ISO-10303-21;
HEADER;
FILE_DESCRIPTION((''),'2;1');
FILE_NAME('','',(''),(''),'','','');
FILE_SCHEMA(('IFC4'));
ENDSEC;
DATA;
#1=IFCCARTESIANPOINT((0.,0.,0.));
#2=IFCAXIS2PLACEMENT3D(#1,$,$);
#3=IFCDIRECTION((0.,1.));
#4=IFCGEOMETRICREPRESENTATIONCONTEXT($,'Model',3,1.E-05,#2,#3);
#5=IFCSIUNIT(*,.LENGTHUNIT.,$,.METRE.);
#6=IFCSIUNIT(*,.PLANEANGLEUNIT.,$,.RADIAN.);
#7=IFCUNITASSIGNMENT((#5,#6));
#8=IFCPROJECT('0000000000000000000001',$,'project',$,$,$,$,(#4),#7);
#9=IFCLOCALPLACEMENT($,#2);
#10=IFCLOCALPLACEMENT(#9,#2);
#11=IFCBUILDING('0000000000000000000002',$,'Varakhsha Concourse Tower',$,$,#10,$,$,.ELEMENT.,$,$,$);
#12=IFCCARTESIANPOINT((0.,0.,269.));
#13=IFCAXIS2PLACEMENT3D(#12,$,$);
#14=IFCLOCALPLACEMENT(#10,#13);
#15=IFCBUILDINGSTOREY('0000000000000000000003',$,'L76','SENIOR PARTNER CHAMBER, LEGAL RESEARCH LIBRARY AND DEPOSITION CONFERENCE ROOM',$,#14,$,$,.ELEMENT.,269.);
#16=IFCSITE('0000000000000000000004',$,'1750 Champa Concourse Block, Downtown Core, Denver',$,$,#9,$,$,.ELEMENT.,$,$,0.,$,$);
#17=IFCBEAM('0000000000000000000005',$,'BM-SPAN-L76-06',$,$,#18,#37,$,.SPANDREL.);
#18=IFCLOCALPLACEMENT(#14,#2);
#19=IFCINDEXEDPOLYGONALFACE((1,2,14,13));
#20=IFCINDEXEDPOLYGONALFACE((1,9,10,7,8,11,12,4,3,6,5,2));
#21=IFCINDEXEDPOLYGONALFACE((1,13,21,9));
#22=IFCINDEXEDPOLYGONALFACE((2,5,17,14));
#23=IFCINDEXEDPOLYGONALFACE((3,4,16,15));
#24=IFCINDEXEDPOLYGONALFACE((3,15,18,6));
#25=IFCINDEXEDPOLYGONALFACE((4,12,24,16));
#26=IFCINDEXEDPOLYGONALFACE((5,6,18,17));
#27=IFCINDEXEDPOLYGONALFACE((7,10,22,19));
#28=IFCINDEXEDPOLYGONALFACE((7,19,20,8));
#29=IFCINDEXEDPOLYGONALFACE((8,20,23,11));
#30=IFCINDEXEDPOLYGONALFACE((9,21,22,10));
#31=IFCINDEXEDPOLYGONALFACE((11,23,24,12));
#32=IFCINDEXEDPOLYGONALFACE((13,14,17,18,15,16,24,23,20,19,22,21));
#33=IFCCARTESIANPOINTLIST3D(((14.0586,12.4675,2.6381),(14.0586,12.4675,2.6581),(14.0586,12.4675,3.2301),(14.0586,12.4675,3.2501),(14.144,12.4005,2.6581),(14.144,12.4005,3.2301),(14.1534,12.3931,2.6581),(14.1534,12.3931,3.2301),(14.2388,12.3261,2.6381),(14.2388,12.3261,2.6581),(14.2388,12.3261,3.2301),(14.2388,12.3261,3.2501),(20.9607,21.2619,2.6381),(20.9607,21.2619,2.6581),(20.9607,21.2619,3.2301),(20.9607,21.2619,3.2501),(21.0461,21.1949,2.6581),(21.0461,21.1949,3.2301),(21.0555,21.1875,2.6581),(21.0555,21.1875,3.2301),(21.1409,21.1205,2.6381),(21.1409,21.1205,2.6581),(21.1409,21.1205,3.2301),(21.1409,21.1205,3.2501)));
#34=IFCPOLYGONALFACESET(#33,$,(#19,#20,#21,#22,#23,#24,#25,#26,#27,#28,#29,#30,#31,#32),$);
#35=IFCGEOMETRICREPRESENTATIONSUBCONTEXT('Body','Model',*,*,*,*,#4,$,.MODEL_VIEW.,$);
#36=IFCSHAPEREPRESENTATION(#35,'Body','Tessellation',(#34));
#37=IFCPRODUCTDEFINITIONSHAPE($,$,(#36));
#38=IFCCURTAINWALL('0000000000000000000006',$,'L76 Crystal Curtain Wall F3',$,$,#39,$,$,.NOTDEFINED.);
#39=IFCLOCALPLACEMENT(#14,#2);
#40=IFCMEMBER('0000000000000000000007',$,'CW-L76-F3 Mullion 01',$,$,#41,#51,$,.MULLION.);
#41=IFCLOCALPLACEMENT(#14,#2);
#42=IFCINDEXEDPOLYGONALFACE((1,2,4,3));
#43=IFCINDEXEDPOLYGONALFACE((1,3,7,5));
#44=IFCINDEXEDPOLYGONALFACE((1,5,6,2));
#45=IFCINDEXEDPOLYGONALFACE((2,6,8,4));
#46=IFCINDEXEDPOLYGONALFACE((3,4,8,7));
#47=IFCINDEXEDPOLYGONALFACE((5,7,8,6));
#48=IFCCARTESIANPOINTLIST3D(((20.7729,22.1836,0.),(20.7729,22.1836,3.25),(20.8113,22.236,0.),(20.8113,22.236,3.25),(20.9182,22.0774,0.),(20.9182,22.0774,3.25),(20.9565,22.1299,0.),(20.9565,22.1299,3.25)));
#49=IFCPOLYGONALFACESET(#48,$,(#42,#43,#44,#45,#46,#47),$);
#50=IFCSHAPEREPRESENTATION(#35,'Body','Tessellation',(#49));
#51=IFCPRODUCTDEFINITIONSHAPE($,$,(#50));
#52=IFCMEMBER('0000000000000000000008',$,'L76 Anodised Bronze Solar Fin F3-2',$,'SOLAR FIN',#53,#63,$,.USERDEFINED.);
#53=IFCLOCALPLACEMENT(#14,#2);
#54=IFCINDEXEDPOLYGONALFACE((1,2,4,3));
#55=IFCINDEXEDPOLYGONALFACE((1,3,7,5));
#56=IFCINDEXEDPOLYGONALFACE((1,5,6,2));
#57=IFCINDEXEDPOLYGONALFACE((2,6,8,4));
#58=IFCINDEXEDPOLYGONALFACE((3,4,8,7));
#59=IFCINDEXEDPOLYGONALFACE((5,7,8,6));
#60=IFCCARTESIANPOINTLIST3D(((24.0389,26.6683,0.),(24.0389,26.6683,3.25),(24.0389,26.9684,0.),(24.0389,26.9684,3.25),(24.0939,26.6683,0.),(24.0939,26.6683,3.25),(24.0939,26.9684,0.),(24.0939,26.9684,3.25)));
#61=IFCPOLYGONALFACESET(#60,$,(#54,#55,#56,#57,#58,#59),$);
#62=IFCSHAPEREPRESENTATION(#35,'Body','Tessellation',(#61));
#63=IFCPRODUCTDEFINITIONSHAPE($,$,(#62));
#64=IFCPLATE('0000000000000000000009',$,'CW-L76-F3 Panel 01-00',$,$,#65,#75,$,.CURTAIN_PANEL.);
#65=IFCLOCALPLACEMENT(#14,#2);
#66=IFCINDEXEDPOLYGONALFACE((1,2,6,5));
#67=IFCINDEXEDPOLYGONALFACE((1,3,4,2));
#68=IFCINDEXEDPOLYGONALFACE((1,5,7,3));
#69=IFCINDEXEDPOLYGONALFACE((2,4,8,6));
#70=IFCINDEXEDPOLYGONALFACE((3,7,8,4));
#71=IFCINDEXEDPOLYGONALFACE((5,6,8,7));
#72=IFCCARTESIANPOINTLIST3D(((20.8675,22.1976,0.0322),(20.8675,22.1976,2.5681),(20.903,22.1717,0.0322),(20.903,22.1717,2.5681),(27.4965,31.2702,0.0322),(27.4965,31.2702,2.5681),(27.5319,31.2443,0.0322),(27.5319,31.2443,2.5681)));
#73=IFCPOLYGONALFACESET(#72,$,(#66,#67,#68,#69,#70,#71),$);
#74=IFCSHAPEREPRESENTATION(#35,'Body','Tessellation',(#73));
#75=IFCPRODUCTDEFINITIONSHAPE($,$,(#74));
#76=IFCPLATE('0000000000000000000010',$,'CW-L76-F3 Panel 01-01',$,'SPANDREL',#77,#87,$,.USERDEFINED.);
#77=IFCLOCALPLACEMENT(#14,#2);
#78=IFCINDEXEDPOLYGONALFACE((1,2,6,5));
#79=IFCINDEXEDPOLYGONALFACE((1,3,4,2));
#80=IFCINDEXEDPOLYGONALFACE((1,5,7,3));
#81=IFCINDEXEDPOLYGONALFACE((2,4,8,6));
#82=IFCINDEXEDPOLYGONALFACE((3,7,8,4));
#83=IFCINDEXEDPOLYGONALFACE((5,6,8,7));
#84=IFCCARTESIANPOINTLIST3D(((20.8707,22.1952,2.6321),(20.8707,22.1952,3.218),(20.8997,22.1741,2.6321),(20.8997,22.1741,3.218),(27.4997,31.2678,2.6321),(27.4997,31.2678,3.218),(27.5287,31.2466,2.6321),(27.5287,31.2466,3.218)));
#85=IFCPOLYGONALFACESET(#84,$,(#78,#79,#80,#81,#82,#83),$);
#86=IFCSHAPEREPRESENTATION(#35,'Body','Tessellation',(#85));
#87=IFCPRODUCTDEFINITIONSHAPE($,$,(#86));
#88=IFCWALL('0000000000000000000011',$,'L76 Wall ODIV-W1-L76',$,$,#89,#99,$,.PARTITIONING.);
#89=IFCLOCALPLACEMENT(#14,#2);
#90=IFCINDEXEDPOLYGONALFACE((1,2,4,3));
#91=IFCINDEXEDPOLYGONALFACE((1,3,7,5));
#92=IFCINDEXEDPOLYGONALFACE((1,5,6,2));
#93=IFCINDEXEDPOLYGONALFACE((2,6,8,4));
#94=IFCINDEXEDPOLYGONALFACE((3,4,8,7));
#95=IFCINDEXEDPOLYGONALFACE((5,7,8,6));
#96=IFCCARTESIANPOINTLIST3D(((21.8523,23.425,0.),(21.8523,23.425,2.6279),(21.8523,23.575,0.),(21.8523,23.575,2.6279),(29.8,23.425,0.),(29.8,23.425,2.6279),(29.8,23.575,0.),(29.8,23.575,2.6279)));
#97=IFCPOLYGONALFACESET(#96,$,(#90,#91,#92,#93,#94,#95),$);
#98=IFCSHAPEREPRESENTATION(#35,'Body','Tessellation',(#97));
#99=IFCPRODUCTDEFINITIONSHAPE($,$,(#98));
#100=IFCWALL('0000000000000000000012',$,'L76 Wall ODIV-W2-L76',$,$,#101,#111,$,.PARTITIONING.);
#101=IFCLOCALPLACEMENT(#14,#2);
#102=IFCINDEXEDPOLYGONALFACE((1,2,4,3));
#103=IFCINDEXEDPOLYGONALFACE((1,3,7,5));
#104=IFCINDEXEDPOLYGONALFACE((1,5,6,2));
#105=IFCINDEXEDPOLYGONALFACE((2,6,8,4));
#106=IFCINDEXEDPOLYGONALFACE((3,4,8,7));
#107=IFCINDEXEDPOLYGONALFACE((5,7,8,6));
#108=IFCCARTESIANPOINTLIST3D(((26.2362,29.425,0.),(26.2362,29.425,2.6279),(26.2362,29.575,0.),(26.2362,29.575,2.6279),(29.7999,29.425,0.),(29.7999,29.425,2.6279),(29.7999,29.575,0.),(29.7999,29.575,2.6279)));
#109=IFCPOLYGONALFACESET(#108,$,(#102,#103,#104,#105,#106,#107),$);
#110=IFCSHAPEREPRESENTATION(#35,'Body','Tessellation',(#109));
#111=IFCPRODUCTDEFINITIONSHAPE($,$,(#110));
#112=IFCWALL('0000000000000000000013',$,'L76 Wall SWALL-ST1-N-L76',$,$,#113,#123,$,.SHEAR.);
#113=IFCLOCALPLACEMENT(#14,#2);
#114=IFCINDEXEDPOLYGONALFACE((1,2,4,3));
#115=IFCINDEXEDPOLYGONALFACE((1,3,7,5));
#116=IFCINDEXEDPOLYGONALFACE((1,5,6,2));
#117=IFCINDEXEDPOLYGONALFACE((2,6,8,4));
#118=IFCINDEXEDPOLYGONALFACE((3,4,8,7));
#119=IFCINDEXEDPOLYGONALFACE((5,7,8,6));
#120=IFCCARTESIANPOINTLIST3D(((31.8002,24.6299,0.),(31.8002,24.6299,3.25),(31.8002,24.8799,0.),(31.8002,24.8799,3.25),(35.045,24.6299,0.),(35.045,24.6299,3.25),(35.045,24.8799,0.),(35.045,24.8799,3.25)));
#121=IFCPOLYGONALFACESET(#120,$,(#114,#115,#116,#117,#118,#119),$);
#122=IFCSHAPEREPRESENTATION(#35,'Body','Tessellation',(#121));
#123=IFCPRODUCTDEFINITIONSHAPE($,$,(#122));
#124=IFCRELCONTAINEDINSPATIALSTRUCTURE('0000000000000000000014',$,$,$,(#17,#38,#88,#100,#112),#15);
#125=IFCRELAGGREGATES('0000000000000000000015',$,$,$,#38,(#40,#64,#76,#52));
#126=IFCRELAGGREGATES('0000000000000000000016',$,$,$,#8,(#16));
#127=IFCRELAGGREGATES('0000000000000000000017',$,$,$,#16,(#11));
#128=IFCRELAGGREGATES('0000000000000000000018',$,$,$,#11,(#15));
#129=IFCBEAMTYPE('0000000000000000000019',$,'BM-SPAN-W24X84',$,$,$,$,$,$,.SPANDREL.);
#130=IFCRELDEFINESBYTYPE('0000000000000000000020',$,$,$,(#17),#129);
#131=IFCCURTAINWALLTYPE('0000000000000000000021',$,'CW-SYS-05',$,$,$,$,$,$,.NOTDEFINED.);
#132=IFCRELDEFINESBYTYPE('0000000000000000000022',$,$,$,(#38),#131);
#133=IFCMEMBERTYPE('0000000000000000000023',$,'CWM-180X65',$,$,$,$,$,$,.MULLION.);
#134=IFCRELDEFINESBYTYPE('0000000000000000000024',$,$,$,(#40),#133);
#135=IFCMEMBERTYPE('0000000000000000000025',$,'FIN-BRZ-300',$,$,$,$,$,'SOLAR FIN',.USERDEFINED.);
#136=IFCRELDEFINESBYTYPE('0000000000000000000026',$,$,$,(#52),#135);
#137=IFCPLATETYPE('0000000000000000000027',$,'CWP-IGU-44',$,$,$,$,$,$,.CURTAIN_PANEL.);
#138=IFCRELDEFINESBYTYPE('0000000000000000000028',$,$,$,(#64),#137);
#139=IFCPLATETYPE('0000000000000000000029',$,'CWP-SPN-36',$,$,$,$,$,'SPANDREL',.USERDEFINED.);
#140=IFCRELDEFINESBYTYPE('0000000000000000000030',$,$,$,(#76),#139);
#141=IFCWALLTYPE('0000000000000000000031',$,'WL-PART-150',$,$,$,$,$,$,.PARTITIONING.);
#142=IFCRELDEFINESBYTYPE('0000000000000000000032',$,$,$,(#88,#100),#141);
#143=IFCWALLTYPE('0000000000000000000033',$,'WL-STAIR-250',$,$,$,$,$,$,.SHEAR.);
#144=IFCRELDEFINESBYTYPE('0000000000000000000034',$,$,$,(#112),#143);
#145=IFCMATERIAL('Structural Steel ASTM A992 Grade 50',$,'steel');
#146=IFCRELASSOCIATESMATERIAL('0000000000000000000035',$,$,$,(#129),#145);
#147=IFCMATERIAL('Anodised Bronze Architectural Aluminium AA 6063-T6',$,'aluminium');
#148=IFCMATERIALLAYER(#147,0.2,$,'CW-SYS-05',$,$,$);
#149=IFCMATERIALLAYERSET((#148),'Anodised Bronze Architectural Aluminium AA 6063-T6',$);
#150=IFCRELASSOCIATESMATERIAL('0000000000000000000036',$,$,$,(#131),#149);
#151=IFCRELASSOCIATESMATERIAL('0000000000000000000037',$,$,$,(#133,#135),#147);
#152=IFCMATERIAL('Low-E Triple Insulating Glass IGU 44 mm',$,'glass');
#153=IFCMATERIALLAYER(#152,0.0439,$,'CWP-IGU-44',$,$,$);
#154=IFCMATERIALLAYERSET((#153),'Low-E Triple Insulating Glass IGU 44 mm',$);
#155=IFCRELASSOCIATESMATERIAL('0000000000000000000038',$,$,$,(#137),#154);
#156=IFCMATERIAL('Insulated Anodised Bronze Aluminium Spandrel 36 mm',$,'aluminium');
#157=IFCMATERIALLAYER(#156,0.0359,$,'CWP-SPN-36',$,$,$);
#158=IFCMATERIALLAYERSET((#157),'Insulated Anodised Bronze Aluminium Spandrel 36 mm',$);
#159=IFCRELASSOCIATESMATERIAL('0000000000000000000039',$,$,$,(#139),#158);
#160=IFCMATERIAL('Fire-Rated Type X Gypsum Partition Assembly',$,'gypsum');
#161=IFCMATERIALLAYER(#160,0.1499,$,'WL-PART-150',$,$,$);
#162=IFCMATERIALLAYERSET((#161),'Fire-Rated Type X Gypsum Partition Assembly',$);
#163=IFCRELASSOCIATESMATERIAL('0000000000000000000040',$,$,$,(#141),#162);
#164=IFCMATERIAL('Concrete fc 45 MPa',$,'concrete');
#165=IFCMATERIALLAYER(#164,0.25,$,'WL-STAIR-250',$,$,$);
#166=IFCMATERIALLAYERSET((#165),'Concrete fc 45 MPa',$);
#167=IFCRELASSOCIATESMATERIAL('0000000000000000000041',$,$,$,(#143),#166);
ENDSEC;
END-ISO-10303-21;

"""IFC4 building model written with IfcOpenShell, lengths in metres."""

from ifc_helpers import new_model, si_unit, direction, frame, frame_2d, origin, origin_2d, place, context, subcontext, project, spatial, rectangle, i_section, extrude, source, transform, mapped, material, layer, layer_set, material_profile, profile_set, type_object, type_shapes, element, aggregate, save


model = new_model("IFC4")

# Units and contexts
model_context = context("Model", 3, precision=1e-05, world=origin(), true_north=direction((0.0, 1.0)))
body_context = subcontext(model_context, "Body", "Model", "MODEL_VIEW")
ifc_project = project(units=[si_unit("LENGTHUNIT", "METRE"), si_unit("PLANEANGLEUNIT", "RADIAN")], contexts=[model_context])

# Site, building, storey
site_placement = place(None, origin())
site = spatial("IfcSite", under=ifc_project, at=site_placement, Name="1750 Champa Concourse Block, Downtown Core, Denver", CompositionType="ELEMENT", RefElevation=0.0)
building_placement = place(site_placement, origin())
building = spatial("IfcBuilding", under=site, at=building_placement, Name="Varakhsha Concourse Tower", CompositionType="ELEMENT")
storey_placement = place(building_placement, frame((0.0, 0.0, 269.0)))
storey = spatial("IfcBuildingStorey", under=building, at=storey_placement, Name="L76", Description="SENIOR PARTNER CHAMBER, LEGAL RESEARCH LIBRARY AND DEPOSITION CONFERENCE ROOM", CompositionType="ELEMENT", Elevation=269.0)

# Shared definitions
ifc_material_1 = material(Name="Structural Steel ASTM A992 Grade 50", Category="steel")

# Beam
ifc_material_profile_1 = material_profile(ifc_material_1, i_section(OverallWidth=0.229, OverallDepth=0.6121, WebThickness=0.012, FlangeThickness=0.02, at=origin_2d()), Name="W24X84")
ifc_profile_set_1 = profile_set([ifc_material_profile_1], Name="Structural Steel ASTM A992 Grade 50")
beam_type_1 = type_object("IfcBeamType", Name="BM-SPAN-W24X84", PredefinedType="SPANDREL", material=ifc_profile_set_1)
beam_1_placement = place(storey_placement, frame((21.0508, 21.1912, 2.9441), z_axis=(-0.617389, -0.786658, 0.0), x_axis=(0.786658, -0.617389, 0.0)))
element("IfcBeam", 1, at=beam_1_placement, inside=storey, type_object=beam_type_1, Name="BM-SPAN-L76-06", PredefinedType="SPANDREL", context=body_context, shape_type="SweptSolid", body=[
    extrude(i_section(OverallWidth=0.229, OverallDepth=0.6121, WebThickness=0.012, FlangeThickness=0.02, at=origin_2d()), origin(), (0.0, 0.0, 1.0), 11.1794),
])

# Curtain wall, members, plates
ifc_material_2 = material(Name="Anodised Bronze Architectural Aluminium AA 6063-T6", Category="aluminium")
ifc_layer_1 = layer(ifc_material_2, 0.2, Name="CW-SYS-05")
ifc_layer_set_1 = layer_set([ifc_layer_1], Name="Anodised Bronze Architectural Aluminium AA 6063-T6")
curtain_wall_type = type_object("IfcCurtainWallType", Name="CW-SYS-05", PredefinedType="NOTDEFINED", material=ifc_layer_set_1)
curtain_wall_placement = place(storey_placement, origin())
curtain_wall = element("IfcCurtainWall", 2, at=curtain_wall_placement, inside=storey, type_object=curtain_wall_type, Name="L76 Crystal Curtain Wall F3", PredefinedType="NOTDEFINED")
ifc_material_profile_2 = material_profile(ifc_material_2, rectangle(XDim=0.0649, YDim=0.1799, at=origin_2d()), Name="CWM-180X65")
ifc_profile_set_2 = profile_set([ifc_material_profile_2], Name="Anodised Bronze Architectural Aluminium AA 6063-T6")
member_type_1 = type_object("IfcMemberType", Name="CWM-180X65", PredefinedType="MULLION", material=ifc_profile_set_2)
shared_shape_1 = source(origin(), body_context, "Body", "SweptSolid", [
    extrude(rectangle(XDim=0.0649, YDim=0.1799, at=origin_2d()), origin(), (0.0, 0.0, 1.0), 3.25),
])
type_shapes(member_type_1, [shared_shape_1])
member_1_placement = place(storey_placement, frame((20.8647, 22.1567, 0.0), z_axis=(0.0, 0.0, 1.0), x_axis=(0.58996, 0.807432, 0.0)))
member_1 = element("IfcMember", 3, at=member_1_placement, type_object=member_type_1, Name="CW-L76-F3 Mullion 01", PredefinedType="MULLION", context=body_context, shape_type="MappedRepresentation", body=[
    mapped(shared_shape_1, transform((0.0, 0.0, 0.0), scale=1.0)),
])
ifc_material_profile_3 = material_profile(ifc_material_2, rectangle(XDim=0.0549, YDim=0.3, at=origin_2d()), Name="FIN-BRZ-300")
ifc_profile_set_3 = profile_set([ifc_material_profile_3], Name="Anodised Bronze Architectural Aluminium AA 6063-T6")
member_type_2 = type_object("IfcMemberType", Name="FIN-BRZ-300", ElementType="SOLAR FIN", PredefinedType="USERDEFINED", material=ifc_profile_set_3)
shared_shape_2 = source(origin(), body_context, "Body", "SweptSolid", [
    extrude(rectangle(XDim=0.0549, YDim=0.3, at=origin_2d()), origin(), (0.0, 0.0, 1.0), 3.25),
])
type_shapes(member_type_2, [shared_shape_2])
member_2_placement = place(storey_placement, frame((24.0664, 26.8184, 0.0), z_axis=(0.0, 0.0, 1.0), x_axis=(1.0, 0.0, 0.0)))
member_2 = element("IfcMember", 4, at=member_2_placement, type_object=member_type_2, Name="L76 Anodised Bronze Solar Fin F3-2", ObjectType="SOLAR FIN", PredefinedType="USERDEFINED", context=body_context, shape_type="MappedRepresentation", body=[
    mapped(shared_shape_2, transform((0.0, 0.0, 0.0), scale=1.0)),
])
ifc_material_3 = material(Name="Low-E Triple Insulating Glass IGU 44 mm", Category="glass")
ifc_layer_2 = layer(ifc_material_3, 0.0439, Name="CWP-IGU-44")
ifc_layer_set_2 = layer_set([ifc_layer_2], Name="Low-E Triple Insulating Glass IGU 44 mm")
plate_type_1 = type_object("IfcPlateType", Name="CWP-IGU-44", PredefinedType="CURTAIN_PANEL", material=ifc_layer_set_2)
shared_shape_3 = source(origin(), body_context, "Body", "SweptSolid", [
    extrude(rectangle(XDim=11.2363, YDim=0.0439, at=origin_2d()), origin(), (0.0, 0.0, 1.0), 2.5359),
])
type_shapes(plate_type_1, [shared_shape_3])
plate_1_placement = place(storey_placement, frame((24.1997, 26.7209, 0.0322), z_axis=(0.0, 0.0, 1.0), x_axis=(0.58996, 0.807432, 0.0)))
plate_1 = element("IfcPlate", 5, at=plate_1_placement, type_object=plate_type_1, Name="CW-L76-F3 Panel 01-00", PredefinedType="CURTAIN_PANEL", context=body_context, shape_type="MappedRepresentation", body=[
    mapped(shared_shape_3, transform((0.0, 0.0, 0.0), scale=1.0)),
])
ifc_material_4 = material(Name="Insulated Anodised Bronze Aluminium Spandrel 36 mm", Category="aluminium")
ifc_layer_3 = layer(ifc_material_4, 0.0359, Name="CWP-SPN-36")
ifc_layer_set_3 = layer_set([ifc_layer_3], Name="Insulated Anodised Bronze Aluminium Spandrel 36 mm")
plate_type_2 = type_object("IfcPlateType", Name="CWP-SPN-36", ElementType="SPANDREL", PredefinedType="USERDEFINED", material=ifc_layer_set_3)
shared_shape_4 = source(origin(), body_context, "Body", "SweptSolid", [
    extrude(rectangle(XDim=11.2363, YDim=0.0359, at=origin_2d()), origin(), (0.0, 0.0, 1.0), 0.5859),
])
type_shapes(plate_type_2, [shared_shape_4])
plate_2_placement = place(storey_placement, frame((24.1997, 26.7209, 2.6321), z_axis=(0.0, 0.0, 1.0), x_axis=(0.58996, 0.807432, 0.0)))
plate_2 = element("IfcPlate", 6, at=plate_2_placement, type_object=plate_type_2, Name="CW-L76-F3 Panel 01-01", ObjectType="SPANDREL", PredefinedType="USERDEFINED", context=body_context, shape_type="MappedRepresentation", body=[
    mapped(shared_shape_4, transform((0.0, 0.0, 0.0), scale=1.0)),
])
aggregate(curtain_wall, [member_1, plate_1, plate_2, member_2])

# Walls
ifc_material_5 = material(Name="Fire-Rated Type X Gypsum Partition Assembly", Category="gypsum")
ifc_layer_4 = layer(ifc_material_5, 0.1499, Name="WL-PART-150")
ifc_layer_set_4 = layer_set([ifc_layer_4], Name="Fire-Rated Type X Gypsum Partition Assembly")
wall_type_1 = type_object("IfcWallType", Name="WL-PART-150", PredefinedType="PARTITIONING", material=ifc_layer_set_4)
wall_1_placement = place(storey_placement, frame((21.8523, 23.5, 0.0), z_axis=(0.0, 0.0, 1.0), x_axis=(1.0, 0.0, 0.0)))
element("IfcWall", 7, at=wall_1_placement, inside=storey, type_object=wall_type_1, Name="L76 Wall ODIV-W1-L76", PredefinedType="PARTITIONING", context=body_context, shape_type="SweptSolid", body=[
    extrude(rectangle(XDim=7.9478, YDim=0.1499, at=frame_2d((3.9739, 0.0))), origin(), (0.0, 0.0, 1.0), 2.6279),
])
wall_2_placement = place(storey_placement, frame((26.2363, 29.5, 0.0), z_axis=(0.0, 0.0, 1.0), x_axis=(1.0, 0.0, 0.0)))
element("IfcWall", 8, at=wall_2_placement, inside=storey, type_object=wall_type_1, Name="L76 Wall ODIV-W2-L76", PredefinedType="PARTITIONING", context=body_context, shape_type="SweptSolid", body=[
    extrude(rectangle(XDim=3.5637, YDim=0.1499, at=frame_2d((1.7817, 0.0))), origin(), (0.0, 0.0, 1.0), 2.6279),
])
ifc_material_6 = material(Name="Concrete fc 45 MPa", Category="concrete")
ifc_layer_5 = layer(ifc_material_6, 0.25, Name="WL-STAIR-250")
ifc_layer_set_5 = layer_set([ifc_layer_5], Name="Concrete fc 45 MPa")
wall_type_2 = type_object("IfcWallType", Name="WL-STAIR-250", PredefinedType="SHEAR", material=ifc_layer_set_5)
wall_3_placement = place(storey_placement, frame((31.8, 24.7549, 0.0), z_axis=(0.0, 0.0, 1.0), x_axis=(1.0, 0.0, 0.0)))
element("IfcWall", 9, at=wall_3_placement, inside=storey, type_object=wall_type_2, Name="L76 Wall SWALL-ST1-N-L76", PredefinedType="SHEAR", context=body_context, shape_type="SweptSolid", body=[
    extrude(rectangle(XDim=3.2449, YDim=0.25, at=frame_2d((1.6226, 0.0))), origin(), (0.0, 0.0, 1.0), 3.25),
])

save(model, "model.ifc")
